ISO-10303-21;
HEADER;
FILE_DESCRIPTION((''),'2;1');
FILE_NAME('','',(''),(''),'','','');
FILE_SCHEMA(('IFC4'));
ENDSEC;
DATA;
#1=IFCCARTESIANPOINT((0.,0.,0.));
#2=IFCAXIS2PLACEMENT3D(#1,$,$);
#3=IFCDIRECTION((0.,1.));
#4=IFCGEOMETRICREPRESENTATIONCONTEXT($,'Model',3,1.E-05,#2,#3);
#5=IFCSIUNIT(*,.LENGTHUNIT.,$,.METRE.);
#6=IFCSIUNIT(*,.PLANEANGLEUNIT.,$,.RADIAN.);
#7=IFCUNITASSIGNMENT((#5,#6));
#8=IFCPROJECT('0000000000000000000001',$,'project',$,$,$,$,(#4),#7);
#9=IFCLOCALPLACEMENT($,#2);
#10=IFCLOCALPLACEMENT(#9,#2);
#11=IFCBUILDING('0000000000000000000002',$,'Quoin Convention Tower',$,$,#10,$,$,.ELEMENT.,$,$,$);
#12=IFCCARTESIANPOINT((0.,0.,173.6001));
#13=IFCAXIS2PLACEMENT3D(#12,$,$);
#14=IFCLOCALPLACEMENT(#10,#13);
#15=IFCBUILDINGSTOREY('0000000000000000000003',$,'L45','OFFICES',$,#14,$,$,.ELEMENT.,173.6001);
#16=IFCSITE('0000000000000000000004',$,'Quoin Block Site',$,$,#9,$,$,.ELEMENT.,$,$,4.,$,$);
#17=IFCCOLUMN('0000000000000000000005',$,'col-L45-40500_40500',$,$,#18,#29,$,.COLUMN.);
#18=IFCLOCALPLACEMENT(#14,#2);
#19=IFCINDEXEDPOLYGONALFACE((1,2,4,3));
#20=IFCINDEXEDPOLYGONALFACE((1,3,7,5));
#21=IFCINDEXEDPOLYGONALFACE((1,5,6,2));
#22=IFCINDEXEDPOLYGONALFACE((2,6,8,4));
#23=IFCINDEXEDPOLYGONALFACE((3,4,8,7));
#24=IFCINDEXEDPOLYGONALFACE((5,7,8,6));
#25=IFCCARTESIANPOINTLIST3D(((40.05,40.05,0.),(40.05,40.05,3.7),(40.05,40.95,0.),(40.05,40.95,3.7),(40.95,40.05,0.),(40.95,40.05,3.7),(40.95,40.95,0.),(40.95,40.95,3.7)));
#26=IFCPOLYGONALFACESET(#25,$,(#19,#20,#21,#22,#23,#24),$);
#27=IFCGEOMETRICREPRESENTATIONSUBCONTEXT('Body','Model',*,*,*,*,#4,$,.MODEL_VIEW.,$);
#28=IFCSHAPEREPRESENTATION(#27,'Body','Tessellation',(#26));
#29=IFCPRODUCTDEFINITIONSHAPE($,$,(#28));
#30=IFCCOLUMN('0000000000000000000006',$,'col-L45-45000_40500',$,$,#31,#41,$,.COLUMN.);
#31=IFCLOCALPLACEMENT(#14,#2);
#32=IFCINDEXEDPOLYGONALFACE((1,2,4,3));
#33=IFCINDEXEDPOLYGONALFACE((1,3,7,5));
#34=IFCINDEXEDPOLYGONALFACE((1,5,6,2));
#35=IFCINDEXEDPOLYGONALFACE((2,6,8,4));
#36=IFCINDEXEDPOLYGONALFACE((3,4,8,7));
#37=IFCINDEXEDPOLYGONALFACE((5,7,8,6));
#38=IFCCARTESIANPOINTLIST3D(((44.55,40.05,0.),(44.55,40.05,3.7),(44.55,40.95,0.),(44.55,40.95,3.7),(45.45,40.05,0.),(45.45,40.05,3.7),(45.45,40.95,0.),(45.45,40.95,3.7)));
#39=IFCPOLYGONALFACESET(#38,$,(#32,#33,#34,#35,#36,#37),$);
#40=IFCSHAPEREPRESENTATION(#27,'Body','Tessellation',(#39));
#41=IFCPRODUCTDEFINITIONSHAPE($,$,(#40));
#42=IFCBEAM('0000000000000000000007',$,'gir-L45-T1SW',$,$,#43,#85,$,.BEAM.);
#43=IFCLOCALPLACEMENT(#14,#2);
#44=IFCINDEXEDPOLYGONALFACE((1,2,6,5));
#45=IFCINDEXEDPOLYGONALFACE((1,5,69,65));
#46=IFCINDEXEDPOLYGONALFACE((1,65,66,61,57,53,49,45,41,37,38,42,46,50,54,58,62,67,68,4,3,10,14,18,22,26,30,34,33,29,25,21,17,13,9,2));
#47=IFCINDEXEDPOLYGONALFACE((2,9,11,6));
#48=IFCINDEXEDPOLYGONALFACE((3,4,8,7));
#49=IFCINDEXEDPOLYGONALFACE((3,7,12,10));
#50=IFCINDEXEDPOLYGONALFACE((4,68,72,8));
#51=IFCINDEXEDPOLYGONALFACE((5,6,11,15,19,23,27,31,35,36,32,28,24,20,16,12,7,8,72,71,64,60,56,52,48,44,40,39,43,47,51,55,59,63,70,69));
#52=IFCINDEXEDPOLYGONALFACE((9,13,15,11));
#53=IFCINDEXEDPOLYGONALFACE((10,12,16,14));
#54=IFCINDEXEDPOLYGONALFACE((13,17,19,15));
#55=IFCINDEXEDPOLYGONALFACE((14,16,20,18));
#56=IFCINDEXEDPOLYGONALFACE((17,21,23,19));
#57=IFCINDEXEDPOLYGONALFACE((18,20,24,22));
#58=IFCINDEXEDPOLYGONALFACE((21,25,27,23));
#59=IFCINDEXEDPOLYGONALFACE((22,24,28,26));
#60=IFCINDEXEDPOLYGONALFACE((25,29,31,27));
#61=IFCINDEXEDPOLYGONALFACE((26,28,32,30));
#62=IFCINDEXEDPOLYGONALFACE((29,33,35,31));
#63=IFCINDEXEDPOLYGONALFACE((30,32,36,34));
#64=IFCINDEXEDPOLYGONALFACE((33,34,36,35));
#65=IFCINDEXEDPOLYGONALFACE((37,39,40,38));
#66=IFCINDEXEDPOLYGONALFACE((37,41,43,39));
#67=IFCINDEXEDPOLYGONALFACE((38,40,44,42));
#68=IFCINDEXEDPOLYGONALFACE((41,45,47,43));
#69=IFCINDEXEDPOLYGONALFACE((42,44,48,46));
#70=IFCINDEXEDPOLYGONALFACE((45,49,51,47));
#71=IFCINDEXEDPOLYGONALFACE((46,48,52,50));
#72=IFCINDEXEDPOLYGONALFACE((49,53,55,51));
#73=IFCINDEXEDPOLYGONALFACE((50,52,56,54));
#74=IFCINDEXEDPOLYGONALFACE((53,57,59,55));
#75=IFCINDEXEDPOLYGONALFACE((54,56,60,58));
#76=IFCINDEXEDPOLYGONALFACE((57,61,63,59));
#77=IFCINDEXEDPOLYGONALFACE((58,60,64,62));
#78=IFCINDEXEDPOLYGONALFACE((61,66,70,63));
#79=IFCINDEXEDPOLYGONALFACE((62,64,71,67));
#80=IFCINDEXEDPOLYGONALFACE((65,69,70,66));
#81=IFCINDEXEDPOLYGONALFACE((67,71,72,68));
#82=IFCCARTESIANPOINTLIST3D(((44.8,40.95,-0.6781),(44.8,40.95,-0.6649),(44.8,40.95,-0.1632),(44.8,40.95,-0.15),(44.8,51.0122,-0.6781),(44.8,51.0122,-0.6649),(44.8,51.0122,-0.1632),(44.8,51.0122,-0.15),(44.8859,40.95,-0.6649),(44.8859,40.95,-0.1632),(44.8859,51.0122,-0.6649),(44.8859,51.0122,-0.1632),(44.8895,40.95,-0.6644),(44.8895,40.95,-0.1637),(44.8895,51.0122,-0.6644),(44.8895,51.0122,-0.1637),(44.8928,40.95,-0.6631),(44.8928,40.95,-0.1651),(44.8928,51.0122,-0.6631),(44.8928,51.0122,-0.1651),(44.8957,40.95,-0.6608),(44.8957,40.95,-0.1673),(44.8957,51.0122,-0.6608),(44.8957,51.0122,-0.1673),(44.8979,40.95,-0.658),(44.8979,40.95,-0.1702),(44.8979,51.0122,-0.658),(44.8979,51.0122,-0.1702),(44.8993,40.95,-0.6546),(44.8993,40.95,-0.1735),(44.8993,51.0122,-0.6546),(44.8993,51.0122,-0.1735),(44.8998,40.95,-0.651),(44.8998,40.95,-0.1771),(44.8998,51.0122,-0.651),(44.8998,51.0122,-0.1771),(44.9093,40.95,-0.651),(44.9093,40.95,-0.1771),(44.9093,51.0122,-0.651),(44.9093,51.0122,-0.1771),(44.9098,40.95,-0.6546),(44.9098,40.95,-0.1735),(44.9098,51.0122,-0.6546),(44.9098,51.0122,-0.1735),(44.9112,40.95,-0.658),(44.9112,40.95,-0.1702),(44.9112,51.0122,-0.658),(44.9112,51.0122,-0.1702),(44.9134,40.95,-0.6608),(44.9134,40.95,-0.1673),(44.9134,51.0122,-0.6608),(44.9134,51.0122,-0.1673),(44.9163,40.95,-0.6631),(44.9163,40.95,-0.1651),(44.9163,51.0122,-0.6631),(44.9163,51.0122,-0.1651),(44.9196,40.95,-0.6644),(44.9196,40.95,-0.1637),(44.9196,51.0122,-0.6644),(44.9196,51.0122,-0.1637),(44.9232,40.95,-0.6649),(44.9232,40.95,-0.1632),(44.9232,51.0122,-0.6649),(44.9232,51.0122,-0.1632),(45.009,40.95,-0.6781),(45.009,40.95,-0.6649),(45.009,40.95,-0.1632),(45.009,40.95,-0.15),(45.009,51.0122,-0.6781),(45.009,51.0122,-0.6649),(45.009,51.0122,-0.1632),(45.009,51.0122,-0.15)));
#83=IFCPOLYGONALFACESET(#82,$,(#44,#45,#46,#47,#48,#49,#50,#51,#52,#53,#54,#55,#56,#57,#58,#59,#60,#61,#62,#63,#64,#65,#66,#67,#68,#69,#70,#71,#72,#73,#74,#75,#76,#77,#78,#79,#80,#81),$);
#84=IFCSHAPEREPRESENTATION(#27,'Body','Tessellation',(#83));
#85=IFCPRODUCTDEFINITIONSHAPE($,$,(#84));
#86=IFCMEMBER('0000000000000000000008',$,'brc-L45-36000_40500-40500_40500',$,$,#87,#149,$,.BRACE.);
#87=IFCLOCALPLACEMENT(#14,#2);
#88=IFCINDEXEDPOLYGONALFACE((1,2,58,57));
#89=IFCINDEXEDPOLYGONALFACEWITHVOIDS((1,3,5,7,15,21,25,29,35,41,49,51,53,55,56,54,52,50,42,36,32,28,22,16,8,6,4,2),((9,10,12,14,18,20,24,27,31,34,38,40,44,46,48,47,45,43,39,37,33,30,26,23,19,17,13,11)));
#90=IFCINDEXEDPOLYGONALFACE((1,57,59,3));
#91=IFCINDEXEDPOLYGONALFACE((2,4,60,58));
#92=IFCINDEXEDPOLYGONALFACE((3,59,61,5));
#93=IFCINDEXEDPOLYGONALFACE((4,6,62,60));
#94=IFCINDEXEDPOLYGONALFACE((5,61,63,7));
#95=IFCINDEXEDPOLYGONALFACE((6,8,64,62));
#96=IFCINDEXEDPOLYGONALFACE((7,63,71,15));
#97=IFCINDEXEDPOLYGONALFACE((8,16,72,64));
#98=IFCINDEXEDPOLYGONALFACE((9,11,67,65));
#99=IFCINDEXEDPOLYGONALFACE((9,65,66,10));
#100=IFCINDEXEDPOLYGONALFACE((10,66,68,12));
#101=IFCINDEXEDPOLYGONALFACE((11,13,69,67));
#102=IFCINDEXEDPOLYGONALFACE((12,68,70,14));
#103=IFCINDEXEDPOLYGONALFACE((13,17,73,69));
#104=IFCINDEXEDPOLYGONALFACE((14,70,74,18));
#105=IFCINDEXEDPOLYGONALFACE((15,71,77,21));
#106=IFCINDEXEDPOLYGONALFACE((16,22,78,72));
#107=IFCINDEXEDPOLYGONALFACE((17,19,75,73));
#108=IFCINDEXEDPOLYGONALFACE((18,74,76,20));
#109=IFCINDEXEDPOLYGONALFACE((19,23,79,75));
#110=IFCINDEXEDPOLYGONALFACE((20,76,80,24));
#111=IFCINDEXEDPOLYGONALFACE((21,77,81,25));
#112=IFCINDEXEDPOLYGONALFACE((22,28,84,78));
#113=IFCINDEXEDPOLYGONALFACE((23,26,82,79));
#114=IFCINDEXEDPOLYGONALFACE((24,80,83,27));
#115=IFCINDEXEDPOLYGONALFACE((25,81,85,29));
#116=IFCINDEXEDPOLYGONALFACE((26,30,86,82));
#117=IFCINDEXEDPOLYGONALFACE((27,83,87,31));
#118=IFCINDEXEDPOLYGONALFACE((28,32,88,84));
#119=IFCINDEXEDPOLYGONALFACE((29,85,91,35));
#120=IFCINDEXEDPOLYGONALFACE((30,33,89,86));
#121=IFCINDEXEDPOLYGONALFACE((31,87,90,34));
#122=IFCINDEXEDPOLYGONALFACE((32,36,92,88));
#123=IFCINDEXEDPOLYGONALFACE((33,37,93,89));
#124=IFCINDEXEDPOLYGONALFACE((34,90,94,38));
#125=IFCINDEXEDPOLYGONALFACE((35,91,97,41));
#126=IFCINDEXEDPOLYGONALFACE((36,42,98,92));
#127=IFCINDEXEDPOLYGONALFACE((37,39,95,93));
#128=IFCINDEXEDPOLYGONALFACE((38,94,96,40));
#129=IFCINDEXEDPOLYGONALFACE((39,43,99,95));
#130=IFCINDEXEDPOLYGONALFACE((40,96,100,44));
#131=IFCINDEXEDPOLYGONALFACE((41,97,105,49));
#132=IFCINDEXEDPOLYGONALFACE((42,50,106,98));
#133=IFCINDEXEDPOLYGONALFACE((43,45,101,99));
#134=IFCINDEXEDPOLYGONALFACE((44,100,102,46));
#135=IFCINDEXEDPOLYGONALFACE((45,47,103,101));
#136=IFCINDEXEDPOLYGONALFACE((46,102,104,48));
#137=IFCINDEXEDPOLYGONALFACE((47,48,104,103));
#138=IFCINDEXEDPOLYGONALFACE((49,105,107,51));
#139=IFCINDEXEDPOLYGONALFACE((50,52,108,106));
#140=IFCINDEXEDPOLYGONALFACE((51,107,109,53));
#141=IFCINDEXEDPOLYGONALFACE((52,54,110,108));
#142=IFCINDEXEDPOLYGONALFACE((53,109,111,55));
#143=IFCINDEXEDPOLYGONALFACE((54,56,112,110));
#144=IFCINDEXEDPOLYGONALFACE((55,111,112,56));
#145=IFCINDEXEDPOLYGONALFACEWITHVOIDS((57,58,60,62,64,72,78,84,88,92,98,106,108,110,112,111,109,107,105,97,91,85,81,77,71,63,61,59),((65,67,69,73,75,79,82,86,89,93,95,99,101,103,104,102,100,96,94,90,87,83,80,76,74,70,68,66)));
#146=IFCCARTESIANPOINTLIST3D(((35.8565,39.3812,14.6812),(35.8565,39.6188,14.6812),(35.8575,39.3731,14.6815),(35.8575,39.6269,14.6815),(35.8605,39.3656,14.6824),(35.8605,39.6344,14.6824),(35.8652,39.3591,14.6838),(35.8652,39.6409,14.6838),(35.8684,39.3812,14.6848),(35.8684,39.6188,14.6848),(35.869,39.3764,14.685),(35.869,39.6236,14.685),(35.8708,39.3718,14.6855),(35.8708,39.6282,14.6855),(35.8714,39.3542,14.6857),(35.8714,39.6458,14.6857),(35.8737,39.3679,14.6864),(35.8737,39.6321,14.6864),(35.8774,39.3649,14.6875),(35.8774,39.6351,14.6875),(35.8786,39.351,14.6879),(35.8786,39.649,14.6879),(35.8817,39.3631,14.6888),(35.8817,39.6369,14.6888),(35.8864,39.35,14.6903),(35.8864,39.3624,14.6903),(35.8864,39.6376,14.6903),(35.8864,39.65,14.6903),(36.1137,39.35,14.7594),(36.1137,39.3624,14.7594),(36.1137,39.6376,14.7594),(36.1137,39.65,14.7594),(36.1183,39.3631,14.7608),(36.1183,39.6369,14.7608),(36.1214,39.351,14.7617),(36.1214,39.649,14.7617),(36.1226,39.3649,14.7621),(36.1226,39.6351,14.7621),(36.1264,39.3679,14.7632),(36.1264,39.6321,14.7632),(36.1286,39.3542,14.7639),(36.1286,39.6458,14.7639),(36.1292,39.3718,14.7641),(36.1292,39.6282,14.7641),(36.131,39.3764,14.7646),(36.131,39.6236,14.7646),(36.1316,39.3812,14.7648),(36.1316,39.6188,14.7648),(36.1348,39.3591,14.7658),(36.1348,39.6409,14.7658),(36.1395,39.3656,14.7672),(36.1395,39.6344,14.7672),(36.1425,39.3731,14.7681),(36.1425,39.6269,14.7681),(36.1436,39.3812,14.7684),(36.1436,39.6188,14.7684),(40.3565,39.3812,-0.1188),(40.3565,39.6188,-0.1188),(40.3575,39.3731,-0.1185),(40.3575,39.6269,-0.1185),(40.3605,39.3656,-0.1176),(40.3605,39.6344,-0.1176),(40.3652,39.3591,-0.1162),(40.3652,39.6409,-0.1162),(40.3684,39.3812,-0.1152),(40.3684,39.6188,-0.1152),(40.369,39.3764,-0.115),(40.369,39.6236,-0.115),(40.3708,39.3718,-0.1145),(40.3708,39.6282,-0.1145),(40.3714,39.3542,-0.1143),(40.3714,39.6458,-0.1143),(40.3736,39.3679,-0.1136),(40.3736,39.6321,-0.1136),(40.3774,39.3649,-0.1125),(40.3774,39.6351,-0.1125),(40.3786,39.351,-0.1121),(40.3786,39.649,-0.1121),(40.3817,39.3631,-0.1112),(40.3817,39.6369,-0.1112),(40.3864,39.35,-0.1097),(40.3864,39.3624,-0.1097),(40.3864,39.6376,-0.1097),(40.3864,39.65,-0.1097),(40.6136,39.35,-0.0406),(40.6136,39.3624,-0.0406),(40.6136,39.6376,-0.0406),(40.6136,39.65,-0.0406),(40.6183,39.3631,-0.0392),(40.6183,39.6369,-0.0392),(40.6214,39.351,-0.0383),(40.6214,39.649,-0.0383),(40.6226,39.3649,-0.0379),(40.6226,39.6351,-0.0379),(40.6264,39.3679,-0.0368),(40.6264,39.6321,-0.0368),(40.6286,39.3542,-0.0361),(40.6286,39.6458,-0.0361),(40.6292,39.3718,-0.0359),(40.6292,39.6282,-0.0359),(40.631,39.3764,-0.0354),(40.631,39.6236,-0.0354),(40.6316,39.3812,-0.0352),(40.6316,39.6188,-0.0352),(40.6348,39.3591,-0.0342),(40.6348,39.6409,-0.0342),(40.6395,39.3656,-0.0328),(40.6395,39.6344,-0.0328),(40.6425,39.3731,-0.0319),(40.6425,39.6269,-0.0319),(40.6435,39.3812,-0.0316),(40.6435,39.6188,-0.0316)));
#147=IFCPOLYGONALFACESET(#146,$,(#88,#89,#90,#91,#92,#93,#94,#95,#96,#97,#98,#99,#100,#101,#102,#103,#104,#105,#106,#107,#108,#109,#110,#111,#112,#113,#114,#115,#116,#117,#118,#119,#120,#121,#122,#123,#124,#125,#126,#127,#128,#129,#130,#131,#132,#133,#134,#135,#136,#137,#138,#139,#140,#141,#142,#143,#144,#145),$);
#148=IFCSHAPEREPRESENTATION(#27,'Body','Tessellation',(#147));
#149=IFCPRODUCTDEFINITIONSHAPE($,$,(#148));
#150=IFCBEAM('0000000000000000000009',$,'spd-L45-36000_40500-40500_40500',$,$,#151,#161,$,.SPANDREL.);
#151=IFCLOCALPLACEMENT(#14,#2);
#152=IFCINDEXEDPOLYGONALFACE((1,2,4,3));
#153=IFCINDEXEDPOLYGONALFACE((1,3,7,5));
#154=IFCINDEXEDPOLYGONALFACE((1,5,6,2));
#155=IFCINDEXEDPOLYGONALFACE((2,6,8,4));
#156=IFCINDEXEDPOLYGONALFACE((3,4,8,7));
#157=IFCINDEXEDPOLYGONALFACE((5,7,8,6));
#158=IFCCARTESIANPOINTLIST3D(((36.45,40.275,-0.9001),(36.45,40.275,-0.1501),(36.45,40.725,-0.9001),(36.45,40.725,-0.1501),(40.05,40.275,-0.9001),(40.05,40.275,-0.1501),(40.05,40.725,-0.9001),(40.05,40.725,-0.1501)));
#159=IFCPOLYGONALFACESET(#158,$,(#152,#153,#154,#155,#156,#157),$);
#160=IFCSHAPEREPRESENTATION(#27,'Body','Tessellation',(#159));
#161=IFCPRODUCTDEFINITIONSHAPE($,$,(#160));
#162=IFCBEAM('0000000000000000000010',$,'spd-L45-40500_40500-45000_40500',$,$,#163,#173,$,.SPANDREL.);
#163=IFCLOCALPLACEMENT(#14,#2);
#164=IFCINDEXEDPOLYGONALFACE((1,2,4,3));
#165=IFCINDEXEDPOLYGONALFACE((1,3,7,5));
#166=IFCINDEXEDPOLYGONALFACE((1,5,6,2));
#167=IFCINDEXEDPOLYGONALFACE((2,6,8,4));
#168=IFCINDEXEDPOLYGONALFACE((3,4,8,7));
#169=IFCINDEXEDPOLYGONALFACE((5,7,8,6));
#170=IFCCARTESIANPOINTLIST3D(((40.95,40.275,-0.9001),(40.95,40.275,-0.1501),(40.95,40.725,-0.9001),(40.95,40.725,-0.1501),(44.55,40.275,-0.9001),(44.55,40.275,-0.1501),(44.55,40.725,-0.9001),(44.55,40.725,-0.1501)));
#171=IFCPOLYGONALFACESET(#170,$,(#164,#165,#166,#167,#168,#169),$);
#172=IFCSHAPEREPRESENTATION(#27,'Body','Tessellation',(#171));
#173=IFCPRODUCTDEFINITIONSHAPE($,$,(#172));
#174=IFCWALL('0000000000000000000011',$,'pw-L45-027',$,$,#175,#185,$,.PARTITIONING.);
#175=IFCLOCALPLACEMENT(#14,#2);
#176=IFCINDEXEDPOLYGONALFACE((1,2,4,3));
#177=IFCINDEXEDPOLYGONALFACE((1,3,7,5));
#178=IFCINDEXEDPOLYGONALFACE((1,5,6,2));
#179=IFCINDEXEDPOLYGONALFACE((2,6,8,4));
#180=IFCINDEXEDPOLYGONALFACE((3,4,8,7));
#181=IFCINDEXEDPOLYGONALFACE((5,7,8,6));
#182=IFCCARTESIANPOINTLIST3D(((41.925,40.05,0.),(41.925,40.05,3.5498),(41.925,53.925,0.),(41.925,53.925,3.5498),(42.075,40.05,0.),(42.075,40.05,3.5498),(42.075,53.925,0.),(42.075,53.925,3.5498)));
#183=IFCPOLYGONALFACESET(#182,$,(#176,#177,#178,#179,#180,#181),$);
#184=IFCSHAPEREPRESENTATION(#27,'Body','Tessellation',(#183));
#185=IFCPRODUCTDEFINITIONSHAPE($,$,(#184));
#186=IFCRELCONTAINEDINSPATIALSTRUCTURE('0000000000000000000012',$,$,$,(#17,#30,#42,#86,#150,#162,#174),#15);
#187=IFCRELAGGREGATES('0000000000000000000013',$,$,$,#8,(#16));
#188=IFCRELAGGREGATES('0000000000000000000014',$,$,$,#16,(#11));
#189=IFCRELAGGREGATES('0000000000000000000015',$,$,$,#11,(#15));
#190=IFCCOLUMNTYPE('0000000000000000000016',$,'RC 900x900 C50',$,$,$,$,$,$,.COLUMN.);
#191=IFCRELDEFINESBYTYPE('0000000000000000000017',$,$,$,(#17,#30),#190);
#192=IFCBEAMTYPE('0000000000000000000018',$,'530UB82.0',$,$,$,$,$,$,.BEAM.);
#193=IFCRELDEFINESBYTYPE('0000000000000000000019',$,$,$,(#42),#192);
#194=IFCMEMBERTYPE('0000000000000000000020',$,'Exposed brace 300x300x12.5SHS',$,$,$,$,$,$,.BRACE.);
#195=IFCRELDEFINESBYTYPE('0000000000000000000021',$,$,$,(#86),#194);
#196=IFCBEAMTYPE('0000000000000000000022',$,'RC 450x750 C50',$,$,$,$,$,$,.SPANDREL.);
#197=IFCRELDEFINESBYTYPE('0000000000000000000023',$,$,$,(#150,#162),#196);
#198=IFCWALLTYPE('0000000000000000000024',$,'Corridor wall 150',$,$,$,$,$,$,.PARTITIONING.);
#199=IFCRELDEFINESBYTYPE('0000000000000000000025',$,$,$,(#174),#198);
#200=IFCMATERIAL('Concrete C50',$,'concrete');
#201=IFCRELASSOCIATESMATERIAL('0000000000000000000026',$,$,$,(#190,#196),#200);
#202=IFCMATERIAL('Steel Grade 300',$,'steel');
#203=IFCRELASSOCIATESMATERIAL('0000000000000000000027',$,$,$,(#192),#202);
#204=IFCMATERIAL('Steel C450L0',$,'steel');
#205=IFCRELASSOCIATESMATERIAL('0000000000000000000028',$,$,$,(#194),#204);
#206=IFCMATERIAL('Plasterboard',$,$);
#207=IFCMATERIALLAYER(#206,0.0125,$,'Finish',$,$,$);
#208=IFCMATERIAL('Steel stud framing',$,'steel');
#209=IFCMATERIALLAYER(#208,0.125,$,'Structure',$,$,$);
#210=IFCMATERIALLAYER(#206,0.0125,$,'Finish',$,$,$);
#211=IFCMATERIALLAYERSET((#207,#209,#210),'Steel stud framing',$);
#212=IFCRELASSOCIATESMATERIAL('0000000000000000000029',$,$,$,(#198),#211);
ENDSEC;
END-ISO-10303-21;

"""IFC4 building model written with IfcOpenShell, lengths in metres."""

from ifc_helpers import new_model, si_unit, direction, frame, frame_2d, origin, origin_2d, place, context, subcontext, project, spatial, rectangle, hollow_rectangle, i_section, extrude, material, layer, layer_set, material_profile, profile_set, type_object, element, save


model = new_model("IFC4")

# Units and contexts
model_context = context("Model", 3, precision=1e-05, world=origin(), true_north=direction((0.0, 1.0)))
body_context = subcontext(model_context, "Body", "Model", "MODEL_VIEW")
ifc_project = project(units=[si_unit("LENGTHUNIT", "METRE"), si_unit("PLANEANGLEUNIT", "RADIAN")], contexts=[model_context])

# Site, building, storey
site_placement = place(None, origin())
site = spatial("IfcSite", under=ifc_project, at=site_placement, Name="Quoin Block Site", CompositionType="ELEMENT", RefElevation=4.0)
building_placement = place(site_placement, origin())
building = spatial("IfcBuilding", under=site, at=building_placement, Name="Quoin Convention Tower", CompositionType="ELEMENT")
storey_placement = place(building_placement, frame((0.0, 0.0, 173.6001)))
storey = spatial("IfcBuildingStorey", under=building, at=storey_placement, Name="L45", Description="OFFICES", CompositionType="ELEMENT", Elevation=173.6001)

# Columns
ifc_material_1 = material(Name="Concrete C50", Category="concrete")
ifc_material_profile_1 = material_profile(ifc_material_1, rectangle(XDim=0.8999, YDim=0.8999, at=origin_2d()), Name="RC 900x900")
ifc_profile_set_1 = profile_set([ifc_material_profile_1], Name="Concrete C50")
column_type = type_object("IfcColumnType", Name="RC 900x900 C50", PredefinedType="COLUMN", material=ifc_profile_set_1)
for number, where, z_axis, x_axis, name in (
    (1, (40.5, 40.5, 0.0), (0.0, 0.0, 1.0), (1.0, 0.0, 0.0), "col-L45-40500_40500"),
    (2, (45.0, 40.5, 0.0), (0.0, 0.0, 1.0), (1.0, 0.0, 0.0), "col-L45-45000_40500"),
):
    element("IfcColumn", number, at=place(storey_placement, frame(where, z_axis=z_axis, x_axis=x_axis)), inside=storey, type_object=column_type, Name=name, PredefinedType="COLUMN", context=body_context, shape_type="SweptSolid", body=[
        extrude(rectangle(XDim=0.8999, YDim=0.8999, at=origin_2d()), origin(), (0.0, 0.0, 1.0), 3.7),
    ])

# Beam
ifc_material_2 = material(Name="Steel Grade 300", Category="steel")
ifc_material_profile_2 = material_profile(ifc_material_2, i_section(OverallWidth=0.209, OverallDepth=0.5281, WebThickness=0.0095, FlangeThickness=0.0132, FilletRadius=0.0139, at=origin_2d()), Name="530UB82.0")
ifc_profile_set_2 = profile_set([ifc_material_profile_2], Name="Steel Grade 300")
beam_type_1 = type_object("IfcBeamType", Name="530UB82.0", PredefinedType="BEAM", material=ifc_profile_set_2)
beam_placement = place(storey_placement, frame((44.9045, 40.95, -0.4141), z_axis=(0.0, 1.0, 0.0), x_axis=(-1.0, 0.0, 0.0)))
element("IfcBeam", 3, at=beam_placement, inside=storey, type_object=beam_type_1, Name="gir-L45-T1SW", PredefinedType="BEAM", context=body_context, shape_type="SweptSolid", body=[
    extrude(i_section(OverallWidth=0.209, OverallDepth=0.5281, WebThickness=0.0095, FlangeThickness=0.0132, FilletRadius=0.0139, at=origin_2d()), origin(), (0.0, 0.0, 1.0), 10.0623),
])

# Member
ifc_material_3 = material(Name="Steel C450L0", Category="steel")
ifc_material_profile_3 = material_profile(ifc_material_3, hollow_rectangle(XDim=0.3, YDim=0.3, WallThickness=0.0125, InnerFilletRadius=0.0188, OuterFilletRadius=0.0312, at=origin_2d()), Name="300x300x12.5SHS")
ifc_profile_set_3 = profile_set([ifc_material_profile_3], Name="Steel C450L0")
member_type = type_object("IfcMemberType", Name="Exposed brace 300x300x12.5SHS", PredefinedType="BRACE", material=ifc_profile_set_3)
member_placement = place(storey_placement, frame((40.5, 39.5, -0.0752), z_axis=(-0.290903, 0.0, 0.956752), x_axis=(0.0, -1.0, 0.0)))
element("IfcMember", 4, at=member_placement, inside=storey, type_object=member_type, Name="brc-L45-36000_40500-40500_40500", PredefinedType="BRACE", context=body_context, shape_type="SweptSolid", body=[
    extrude(hollow_rectangle(XDim=0.3, YDim=0.3, WallThickness=0.0125, InnerFilletRadius=0.0188, OuterFilletRadius=0.0312, at=origin_2d()), origin(), (0.0, 0.0, 1.0), 15.469),
])

# Beams
ifc_material_profile_4 = material_profile(ifc_material_1, rectangle(XDim=0.45, YDim=0.75, at=origin_2d()), Name="RC 450x750")
ifc_profile_set_4 = profile_set([ifc_material_profile_4], Name="Concrete C50")
beam_type_2 = type_object("IfcBeamType", Name="RC 450x750 C50", PredefinedType="SPANDREL", material=ifc_profile_set_4)
for number, where, z_axis, x_axis, name in (
    (5, (36.45, 40.5, -0.5251), (1.0, 0.0, 0.0), (0.0, 1.0, 0.0), "spd-L45-36000_40500-40500_40500"),
    (6, (40.95, 40.5, -0.5251), (1.0, 0.0, 0.0), (0.0, 1.0, 0.0), "spd-L45-40500_40500-45000_40500"),
):
    element("IfcBeam", number, at=place(storey_placement, frame(where, z_axis=z_axis, x_axis=x_axis)), inside=storey, type_object=beam_type_2, Name=name, PredefinedType="SPANDREL", context=body_context, shape_type="SweptSolid", body=[
        extrude(rectangle(XDim=0.45, YDim=0.75, at=origin_2d()), origin(), (0.0, 0.0, 1.0), 3.6001),
    ])

# Wall
ifc_material_4 = material(Name="Plasterboard")
ifc_layer_1 = layer(ifc_material_4, 0.0125, Name="Finish")
ifc_material_5 = material(Name="Steel stud framing", Category="steel")
ifc_layer_2 = layer(ifc_material_5, 0.125, Name="Structure")
ifc_layer_3 = layer(ifc_material_4, 0.0125, Name="Finish")
ifc_layer_set_1 = layer_set([ifc_layer_1, ifc_layer_2, ifc_layer_3], Name="Steel stud framing")
wall_type_1 = type_object("IfcWallType", Name="Corridor wall 150", PredefinedType="PARTITIONING", material=ifc_layer_set_1)
wall_1_placement = place(storey_placement, frame((42.0, 40.05, 0.0), z_axis=(0.0, 0.0, 1.0), x_axis=(0.0, 1.0, 0.0)))
element("IfcWall", 7, at=wall_1_placement, inside=storey, type_object=wall_type_1, Name="pw-L45-027", PredefinedType="PARTITIONING", context=body_context, shape_type="SweptSolid", body=[
    extrude(rectangle(XDim=13.875, YDim=0.1499, at=frame_2d((6.9375, 0.0))), origin(), (0.0, 0.0, 1.0), 3.5498),
])

save(model, "model.ifc")
